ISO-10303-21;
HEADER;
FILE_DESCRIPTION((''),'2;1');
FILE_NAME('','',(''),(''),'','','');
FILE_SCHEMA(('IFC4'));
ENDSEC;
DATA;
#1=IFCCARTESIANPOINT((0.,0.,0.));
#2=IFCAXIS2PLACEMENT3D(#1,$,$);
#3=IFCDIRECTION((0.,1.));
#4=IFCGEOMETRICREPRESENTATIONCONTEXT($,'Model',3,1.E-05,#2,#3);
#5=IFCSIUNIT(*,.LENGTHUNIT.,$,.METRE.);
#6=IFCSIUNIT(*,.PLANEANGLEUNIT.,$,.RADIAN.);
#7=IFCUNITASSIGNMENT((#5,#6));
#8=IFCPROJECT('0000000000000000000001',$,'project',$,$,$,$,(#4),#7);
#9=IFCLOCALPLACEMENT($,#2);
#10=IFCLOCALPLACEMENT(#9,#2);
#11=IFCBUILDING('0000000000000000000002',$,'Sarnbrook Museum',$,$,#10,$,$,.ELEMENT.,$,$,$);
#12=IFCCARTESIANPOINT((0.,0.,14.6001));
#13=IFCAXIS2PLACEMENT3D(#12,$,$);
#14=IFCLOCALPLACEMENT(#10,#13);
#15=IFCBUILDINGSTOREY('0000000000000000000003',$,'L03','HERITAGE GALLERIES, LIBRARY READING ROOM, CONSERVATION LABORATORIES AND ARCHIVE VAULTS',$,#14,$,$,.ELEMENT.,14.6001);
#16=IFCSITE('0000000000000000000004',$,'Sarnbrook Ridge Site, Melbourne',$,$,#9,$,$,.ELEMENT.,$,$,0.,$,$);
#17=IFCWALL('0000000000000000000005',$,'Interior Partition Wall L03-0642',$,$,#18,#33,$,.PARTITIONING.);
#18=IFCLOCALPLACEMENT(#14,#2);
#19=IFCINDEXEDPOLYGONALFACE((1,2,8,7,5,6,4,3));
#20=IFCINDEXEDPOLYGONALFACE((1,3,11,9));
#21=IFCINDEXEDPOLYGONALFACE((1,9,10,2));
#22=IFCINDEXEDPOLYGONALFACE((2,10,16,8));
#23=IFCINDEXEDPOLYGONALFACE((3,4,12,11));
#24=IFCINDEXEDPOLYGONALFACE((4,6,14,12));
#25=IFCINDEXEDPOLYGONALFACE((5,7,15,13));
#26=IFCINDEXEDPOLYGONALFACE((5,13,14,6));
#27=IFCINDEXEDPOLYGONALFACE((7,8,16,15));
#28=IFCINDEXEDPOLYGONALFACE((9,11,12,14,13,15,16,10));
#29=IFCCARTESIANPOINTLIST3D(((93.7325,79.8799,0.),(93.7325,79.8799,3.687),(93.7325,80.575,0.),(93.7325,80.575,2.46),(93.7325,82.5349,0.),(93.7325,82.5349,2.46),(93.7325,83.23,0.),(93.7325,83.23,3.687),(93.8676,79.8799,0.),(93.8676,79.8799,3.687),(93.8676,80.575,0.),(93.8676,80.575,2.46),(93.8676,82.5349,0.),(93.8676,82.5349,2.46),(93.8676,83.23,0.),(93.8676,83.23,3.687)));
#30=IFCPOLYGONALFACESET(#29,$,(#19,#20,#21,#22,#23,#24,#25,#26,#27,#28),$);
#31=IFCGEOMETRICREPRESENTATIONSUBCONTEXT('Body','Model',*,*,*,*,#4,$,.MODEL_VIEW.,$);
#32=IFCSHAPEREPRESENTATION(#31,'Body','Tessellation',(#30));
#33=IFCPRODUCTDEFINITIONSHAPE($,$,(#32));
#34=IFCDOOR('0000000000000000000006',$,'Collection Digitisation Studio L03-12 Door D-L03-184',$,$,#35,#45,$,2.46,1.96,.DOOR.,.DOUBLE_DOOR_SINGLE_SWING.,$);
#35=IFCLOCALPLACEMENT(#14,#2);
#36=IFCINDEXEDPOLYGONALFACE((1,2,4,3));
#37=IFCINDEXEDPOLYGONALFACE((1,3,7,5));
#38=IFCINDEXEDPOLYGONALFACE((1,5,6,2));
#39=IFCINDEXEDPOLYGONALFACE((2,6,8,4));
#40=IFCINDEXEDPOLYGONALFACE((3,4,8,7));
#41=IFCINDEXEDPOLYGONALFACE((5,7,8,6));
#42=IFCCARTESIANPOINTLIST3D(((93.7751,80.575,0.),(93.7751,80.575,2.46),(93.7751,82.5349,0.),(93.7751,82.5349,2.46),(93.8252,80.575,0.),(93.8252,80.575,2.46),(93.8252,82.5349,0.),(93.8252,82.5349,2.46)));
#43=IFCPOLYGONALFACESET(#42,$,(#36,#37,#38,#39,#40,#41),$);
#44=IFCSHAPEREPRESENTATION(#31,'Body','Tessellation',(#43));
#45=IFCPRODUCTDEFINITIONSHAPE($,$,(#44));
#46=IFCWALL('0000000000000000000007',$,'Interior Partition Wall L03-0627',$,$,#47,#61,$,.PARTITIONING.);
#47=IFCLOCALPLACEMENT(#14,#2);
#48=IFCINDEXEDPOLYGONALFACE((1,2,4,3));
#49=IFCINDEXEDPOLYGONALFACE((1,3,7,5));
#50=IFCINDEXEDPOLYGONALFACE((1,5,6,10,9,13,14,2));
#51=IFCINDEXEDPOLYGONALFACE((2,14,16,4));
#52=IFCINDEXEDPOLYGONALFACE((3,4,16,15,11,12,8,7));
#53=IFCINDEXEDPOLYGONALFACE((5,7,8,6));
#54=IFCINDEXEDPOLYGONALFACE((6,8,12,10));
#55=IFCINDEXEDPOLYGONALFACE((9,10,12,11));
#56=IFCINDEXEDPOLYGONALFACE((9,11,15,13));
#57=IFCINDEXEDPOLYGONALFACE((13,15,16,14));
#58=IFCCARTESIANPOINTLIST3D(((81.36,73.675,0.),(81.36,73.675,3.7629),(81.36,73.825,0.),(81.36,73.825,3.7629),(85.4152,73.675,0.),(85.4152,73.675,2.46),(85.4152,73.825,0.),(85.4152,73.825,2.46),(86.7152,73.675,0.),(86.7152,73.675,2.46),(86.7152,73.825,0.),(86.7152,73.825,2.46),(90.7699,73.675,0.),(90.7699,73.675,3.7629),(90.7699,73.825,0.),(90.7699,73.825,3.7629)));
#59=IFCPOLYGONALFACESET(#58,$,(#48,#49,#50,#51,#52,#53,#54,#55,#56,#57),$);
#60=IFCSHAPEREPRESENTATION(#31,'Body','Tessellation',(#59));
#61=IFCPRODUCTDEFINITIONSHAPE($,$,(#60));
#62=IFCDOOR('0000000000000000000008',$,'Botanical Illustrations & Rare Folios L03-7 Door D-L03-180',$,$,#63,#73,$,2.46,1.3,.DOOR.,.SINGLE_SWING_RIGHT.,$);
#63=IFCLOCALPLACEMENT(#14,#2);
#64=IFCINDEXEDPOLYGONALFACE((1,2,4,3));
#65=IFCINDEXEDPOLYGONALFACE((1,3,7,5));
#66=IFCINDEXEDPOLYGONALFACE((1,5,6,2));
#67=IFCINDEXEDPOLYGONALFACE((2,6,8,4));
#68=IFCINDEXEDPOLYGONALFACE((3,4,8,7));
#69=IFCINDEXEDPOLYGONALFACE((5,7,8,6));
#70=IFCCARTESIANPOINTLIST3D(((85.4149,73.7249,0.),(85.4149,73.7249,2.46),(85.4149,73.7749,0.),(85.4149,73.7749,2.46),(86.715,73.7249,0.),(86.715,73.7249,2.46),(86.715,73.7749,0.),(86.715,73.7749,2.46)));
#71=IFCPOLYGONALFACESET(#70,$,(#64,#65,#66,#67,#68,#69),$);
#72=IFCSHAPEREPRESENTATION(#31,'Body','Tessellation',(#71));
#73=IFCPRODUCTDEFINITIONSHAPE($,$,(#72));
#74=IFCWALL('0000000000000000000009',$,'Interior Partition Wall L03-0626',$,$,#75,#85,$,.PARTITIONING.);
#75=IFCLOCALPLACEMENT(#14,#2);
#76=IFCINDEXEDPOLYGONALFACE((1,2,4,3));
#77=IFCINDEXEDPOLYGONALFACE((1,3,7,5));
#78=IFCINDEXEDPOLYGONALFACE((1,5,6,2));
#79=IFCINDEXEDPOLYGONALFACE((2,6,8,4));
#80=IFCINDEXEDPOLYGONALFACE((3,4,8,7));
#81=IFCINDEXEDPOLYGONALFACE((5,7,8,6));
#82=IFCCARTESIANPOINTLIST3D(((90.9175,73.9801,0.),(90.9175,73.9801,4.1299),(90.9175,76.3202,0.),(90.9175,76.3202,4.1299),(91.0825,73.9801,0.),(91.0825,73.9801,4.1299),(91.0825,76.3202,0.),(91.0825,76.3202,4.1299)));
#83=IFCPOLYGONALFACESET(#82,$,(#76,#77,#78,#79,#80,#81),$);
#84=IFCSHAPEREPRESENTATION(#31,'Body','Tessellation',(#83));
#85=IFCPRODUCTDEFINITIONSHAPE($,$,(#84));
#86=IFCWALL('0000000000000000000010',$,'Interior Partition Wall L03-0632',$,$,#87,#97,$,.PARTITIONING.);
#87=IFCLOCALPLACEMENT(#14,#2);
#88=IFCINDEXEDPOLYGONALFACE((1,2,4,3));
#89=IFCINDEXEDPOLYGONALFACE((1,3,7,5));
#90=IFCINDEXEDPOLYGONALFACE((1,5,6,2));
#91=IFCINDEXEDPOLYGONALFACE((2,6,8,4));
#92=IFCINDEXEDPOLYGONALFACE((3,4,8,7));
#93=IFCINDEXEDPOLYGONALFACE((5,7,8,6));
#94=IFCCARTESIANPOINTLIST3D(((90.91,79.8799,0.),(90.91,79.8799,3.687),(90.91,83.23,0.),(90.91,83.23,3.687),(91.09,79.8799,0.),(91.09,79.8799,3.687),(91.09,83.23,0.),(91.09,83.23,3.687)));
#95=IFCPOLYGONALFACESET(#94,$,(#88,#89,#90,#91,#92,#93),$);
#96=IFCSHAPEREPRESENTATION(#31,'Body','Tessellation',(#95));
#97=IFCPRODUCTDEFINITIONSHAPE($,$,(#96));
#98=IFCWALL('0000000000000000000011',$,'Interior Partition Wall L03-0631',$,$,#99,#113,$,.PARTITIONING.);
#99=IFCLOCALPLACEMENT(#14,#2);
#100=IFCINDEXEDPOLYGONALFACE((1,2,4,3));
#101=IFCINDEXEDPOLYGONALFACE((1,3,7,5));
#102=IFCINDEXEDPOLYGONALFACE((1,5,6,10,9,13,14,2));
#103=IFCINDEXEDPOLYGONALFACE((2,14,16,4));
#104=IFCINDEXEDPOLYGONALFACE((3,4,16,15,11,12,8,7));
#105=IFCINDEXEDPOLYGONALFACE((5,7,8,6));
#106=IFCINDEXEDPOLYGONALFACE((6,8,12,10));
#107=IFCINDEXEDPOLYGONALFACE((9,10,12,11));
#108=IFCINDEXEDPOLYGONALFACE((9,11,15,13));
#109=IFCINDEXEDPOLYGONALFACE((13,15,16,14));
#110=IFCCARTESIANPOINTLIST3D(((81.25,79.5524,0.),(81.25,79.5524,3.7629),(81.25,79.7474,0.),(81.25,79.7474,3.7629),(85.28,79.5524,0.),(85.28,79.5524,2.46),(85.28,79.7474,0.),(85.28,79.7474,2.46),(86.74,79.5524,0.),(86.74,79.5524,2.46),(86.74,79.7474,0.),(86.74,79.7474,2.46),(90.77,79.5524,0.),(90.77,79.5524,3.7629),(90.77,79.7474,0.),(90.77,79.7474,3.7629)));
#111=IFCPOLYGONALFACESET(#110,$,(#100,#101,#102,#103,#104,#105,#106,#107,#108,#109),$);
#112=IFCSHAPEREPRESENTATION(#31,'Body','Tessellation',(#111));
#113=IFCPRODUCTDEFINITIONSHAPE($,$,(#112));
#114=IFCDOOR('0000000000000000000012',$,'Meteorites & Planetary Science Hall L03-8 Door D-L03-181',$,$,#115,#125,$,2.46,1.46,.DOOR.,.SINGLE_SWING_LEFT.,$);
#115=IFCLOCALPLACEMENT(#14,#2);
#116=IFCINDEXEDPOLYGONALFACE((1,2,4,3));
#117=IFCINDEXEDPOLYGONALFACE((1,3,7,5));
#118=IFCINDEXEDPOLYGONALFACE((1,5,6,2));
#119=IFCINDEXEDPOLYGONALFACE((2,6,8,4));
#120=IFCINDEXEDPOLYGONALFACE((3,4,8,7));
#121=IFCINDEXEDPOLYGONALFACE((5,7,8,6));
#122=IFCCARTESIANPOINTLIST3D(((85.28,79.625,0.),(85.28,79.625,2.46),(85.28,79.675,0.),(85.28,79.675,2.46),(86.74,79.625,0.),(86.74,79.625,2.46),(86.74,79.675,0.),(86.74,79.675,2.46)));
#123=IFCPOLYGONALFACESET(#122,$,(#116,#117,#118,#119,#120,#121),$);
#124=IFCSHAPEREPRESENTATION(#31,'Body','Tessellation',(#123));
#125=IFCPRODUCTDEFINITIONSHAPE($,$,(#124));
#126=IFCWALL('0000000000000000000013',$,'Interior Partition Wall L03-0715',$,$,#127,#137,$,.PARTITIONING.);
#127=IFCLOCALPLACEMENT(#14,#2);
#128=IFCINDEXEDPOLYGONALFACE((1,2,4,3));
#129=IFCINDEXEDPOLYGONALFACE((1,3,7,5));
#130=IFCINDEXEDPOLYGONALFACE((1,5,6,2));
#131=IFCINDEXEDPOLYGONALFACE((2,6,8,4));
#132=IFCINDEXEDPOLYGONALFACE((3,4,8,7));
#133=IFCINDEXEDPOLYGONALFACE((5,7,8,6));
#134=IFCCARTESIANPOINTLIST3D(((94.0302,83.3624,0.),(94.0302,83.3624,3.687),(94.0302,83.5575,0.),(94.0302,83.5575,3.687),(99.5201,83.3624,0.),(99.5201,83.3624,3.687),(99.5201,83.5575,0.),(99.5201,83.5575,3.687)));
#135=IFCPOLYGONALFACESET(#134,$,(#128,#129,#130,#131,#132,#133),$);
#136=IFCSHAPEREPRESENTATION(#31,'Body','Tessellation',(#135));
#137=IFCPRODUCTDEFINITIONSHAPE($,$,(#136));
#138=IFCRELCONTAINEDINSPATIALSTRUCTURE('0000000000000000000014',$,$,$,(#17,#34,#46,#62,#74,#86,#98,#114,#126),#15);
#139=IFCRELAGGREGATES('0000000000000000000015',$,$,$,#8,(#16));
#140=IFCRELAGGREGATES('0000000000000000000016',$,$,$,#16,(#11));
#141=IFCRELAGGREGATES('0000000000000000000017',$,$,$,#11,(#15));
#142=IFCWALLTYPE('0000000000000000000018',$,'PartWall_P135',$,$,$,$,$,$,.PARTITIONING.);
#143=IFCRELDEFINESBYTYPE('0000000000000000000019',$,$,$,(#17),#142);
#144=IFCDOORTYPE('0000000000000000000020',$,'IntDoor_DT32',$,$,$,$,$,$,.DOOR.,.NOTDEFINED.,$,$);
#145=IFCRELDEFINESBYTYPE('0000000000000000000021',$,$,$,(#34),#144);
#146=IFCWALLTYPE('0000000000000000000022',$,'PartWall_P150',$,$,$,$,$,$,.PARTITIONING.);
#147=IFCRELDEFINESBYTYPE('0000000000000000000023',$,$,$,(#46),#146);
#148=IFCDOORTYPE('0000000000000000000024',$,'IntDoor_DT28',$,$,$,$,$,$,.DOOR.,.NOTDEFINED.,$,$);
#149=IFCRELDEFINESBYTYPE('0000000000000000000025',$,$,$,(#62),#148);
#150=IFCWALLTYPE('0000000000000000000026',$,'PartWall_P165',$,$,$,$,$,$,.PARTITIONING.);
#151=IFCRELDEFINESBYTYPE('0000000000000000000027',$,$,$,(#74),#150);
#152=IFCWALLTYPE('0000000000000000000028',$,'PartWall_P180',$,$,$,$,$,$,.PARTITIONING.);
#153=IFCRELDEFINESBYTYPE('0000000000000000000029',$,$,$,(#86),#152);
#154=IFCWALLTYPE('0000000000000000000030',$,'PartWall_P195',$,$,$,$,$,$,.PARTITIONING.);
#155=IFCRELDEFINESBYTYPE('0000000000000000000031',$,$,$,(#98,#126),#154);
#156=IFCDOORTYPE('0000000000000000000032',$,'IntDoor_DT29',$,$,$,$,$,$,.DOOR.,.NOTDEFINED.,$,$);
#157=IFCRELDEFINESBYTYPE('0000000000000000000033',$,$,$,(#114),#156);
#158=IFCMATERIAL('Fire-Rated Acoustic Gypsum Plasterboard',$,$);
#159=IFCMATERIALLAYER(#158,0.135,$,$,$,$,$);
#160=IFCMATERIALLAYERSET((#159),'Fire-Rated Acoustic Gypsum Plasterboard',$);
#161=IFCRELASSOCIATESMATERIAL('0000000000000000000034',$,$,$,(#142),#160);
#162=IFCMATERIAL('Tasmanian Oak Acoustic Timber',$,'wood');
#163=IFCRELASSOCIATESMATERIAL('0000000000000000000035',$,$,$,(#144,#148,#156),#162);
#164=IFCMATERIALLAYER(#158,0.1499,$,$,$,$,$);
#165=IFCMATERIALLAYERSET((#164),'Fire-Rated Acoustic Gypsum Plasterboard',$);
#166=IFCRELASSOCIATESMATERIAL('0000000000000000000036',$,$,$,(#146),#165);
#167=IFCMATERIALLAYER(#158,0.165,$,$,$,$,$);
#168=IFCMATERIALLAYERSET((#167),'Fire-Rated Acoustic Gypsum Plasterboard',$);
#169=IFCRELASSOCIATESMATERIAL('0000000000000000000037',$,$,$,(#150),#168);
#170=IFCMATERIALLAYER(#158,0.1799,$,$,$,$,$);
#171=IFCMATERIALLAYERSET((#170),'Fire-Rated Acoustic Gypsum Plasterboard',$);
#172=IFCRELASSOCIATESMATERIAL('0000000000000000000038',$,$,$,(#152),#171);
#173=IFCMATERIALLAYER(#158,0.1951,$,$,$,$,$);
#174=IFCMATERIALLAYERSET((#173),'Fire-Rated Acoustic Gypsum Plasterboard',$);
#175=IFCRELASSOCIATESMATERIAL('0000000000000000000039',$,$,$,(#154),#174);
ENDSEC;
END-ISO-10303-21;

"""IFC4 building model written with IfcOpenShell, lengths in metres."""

from ifc_helpers import new_model, si_unit, direction, frame, frame_2d, origin, place, context, subcontext, project, spatial, rectangle, extrude, material, layer, layer_set, type_object, element, fill, save


model = new_model("IFC4")

# Units and contexts
model_context = context("Model", 3, precision=1e-05, world=origin(), true_north=direction((0.0, 1.0)))
body_context = subcontext(model_context, "Body", "Model", "MODEL_VIEW")
ifc_project = project(units=[si_unit("LENGTHUNIT", "METRE"), si_unit("PLANEANGLEUNIT", "RADIAN")], contexts=[model_context])

# Site, building, storey
site_placement = place(None, origin())
site = spatial("IfcSite", under=ifc_project, at=site_placement, Name="Sarnbrook Ridge Site, Melbourne", CompositionType="ELEMENT", RefElevation=0.0)
building_placement = place(site_placement, origin())
building = spatial("IfcBuilding", under=site, at=building_placement, Name="Sarnbrook Museum", CompositionType="ELEMENT")
storey_placement = place(building_placement, frame((0.0, 0.0, 14.6001)))
storey = spatial("IfcBuildingStorey", under=building, at=storey_placement, Name="L03", Description="HERITAGE GALLERIES, LIBRARY READING ROOM, CONSERVATION LABORATORIES AND ARCHIVE VAULTS", CompositionType="ELEMENT", Elevation=14.6001)

# Shared definitions
ifc_material_1 = material(Name="Fire-Rated Acoustic Gypsum Plasterboard")

# Walls, openings, doors
ifc_layer_1 = layer(ifc_material_1, 0.135)
ifc_layer_set_1 = layer_set([ifc_layer_1], Name="Fire-Rated Acoustic Gypsum Plasterboard")
wall_type_1 = type_object("IfcWallType", Name="PartWall_P135", PredefinedType="PARTITIONING", material=ifc_layer_set_1)
wall_1_placement = place(storey_placement, frame((93.8, 79.8799, 0.0), z_axis=(0.0, 0.0, 1.0), x_axis=(0.0, 1.0, 0.0)))
wall_1 = element("IfcWall", 1, at=wall_1_placement, inside=storey, type_object=wall_type_1, Name="Interior Partition Wall L03-0642", PredefinedType="PARTITIONING", context=body_context, shape_type="SweptSolid", body=[
    extrude(rectangle(XDim=3.3501, YDim=0.135, at=frame_2d((1.675, 0.0))), origin(), (0.0, 0.0, 1.0), 3.687),
])
opening_1_placement = place(wall_1_placement, frame((0.6951, 0.0, 0.0)))
opening_1 = element("IfcOpeningElement", 2, at=opening_1_placement, cuts=wall_1, PredefinedType="OPENING", context=body_context, shape_type="SweptSolid", body=[
    extrude(rectangle(XDim=1.96, YDim=2.46, at=frame_2d((0.98, 1.23))), frame((0.0, 0.0776, 0.0), z_axis=(0.0, -1.0, 0.0), x_axis=(1.0, 0.0, 0.0)), (0.0, 0.0, 1.0), 0.155),
])
ifc_material_2 = material(Name="Tasmanian Oak Acoustic Timber", Category="wood")
door_type_1 = type_object("IfcDoorType", Name="IntDoor_DT32", OperationType="NOTDEFINED", PredefinedType="DOOR", material=ifc_material_2)
door_1_placement = place(opening_1_placement, origin())
door_1 = element("IfcDoor", 3, at=door_1_placement, inside=storey, type_object=door_type_1, Name="Collection Digitisation Studio L03-12 Door D-L03-184", OperationType="DOUBLE_DOOR_SINGLE_SWING", OverallHeight=2.46, OverallWidth=1.96, PredefinedType="DOOR", context=body_context, shape_type="SweptSolid", body=[
    extrude(rectangle(XDim=1.96, YDim=2.46, at=frame_2d((0.98, 1.23))), frame((0.0, 0.0249, 0.0), z_axis=(0.0, -1.0, 0.0), x_axis=(1.0, 0.0, 0.0)), (0.0, 0.0, 1.0), 0.05),
])
fill(opening_1, door_1)
ifc_layer_2 = layer(ifc_material_1, 0.1499)
ifc_layer_set_2 = layer_set([ifc_layer_2], Name="Fire-Rated Acoustic Gypsum Plasterboard")
wall_type_2 = type_object("IfcWallType", Name="PartWall_P150", PredefinedType="PARTITIONING", material=ifc_layer_set_2)
wall_2_placement = place(storey_placement, frame((90.77, 73.75, 0.0), z_axis=(0.0, 0.0, 1.0), x_axis=(-1.0, 0.0, 0.0)))
wall_2 = element("IfcWall", 4, at=wall_2_placement, inside=storey, type_object=wall_type_2, Name="Interior Partition Wall L03-0627", PredefinedType="PARTITIONING", context=body_context, shape_type="SweptSolid", body=[
    extrude(rectangle(XDim=9.4099, YDim=0.1499, at=frame_2d((4.7051, 0.0))), origin(), (0.0, 0.0, 1.0), 3.7629),
])
opening_2_placement = place(wall_2_placement, frame((4.0549, 0.0, 0.0)))
opening_2 = element("IfcOpeningElement", 5, at=opening_2_placement, cuts=wall_2, PredefinedType="OPENING", context=body_context, shape_type="SweptSolid", body=[
    extrude(rectangle(XDim=1.3, YDim=2.46, at=frame_2d((0.6499, 1.23))), frame((0.0, 0.085, 0.0), z_axis=(0.0, -1.0, 0.0), x_axis=(1.0, 0.0, 0.0)), (0.0, 0.0, 1.0), 0.1699),
])
door_type_2 = type_object("IfcDoorType", Name="IntDoor_DT28", OperationType="NOTDEFINED", PredefinedType="DOOR", material=ifc_material_2)
door_2_placement = place(opening_2_placement, frame((1.3, 0.0, 0.0), z_axis=(0.0, 0.0, 1.0), x_axis=(-1.0, 0.0, 0.0)))
door_2 = element("IfcDoor", 6, at=door_2_placement, inside=storey, type_object=door_type_2, Name="Botanical Illustrations & Rare Folios L03-7 Door D-L03-180", OperationType="SINGLE_SWING_RIGHT", OverallHeight=2.46, OverallWidth=1.3, PredefinedType="DOOR", context=body_context, shape_type="SweptSolid", body=[
    extrude(rectangle(XDim=1.3, YDim=2.46, at=frame_2d((0.6499, 1.23))), frame((0.0, 0.0249, 0.0), z_axis=(0.0, -1.0, 0.0), x_axis=(1.0, 0.0, 0.0)), (0.0, 0.0, 1.0), 0.05),
])
fill(opening_2, door_2)

# Walls
ifc_layer_3 = layer(ifc_material_1, 0.165)
ifc_layer_set_3 = layer_set([ifc_layer_3], Name="Fire-Rated Acoustic Gypsum Plasterboard")
wall_type_3 = type_object("IfcWallType", Name="PartWall_P165", PredefinedType="PARTITIONING", material=ifc_layer_set_3)
wall_3_placement = place(storey_placement, frame((91.0, 76.3201, 0.0), z_axis=(0.0, 0.0, 1.0), x_axis=(0.0, -1.0, 0.0)))
element("IfcWall", 7, at=wall_3_placement, inside=storey, type_object=wall_type_3, Name="Interior Partition Wall L03-0626", PredefinedType="PARTITIONING", context=body_context, shape_type="SweptSolid", body=[
    extrude(rectangle(XDim=2.3401, YDim=0.165, at=frame_2d((1.1699, 0.0))), origin(), (0.0, 0.0, 1.0), 4.1299),
])
ifc_layer_4 = layer(ifc_material_1, 0.1799)
ifc_layer_set_4 = layer_set([ifc_layer_4], Name="Fire-Rated Acoustic Gypsum Plasterboard")
wall_type_4 = type_object("IfcWallType", Name="PartWall_P180", PredefinedType="PARTITIONING", material=ifc_layer_set_4)
wall_4_placement = place(storey_placement, frame((91.0, 83.23, 0.0), z_axis=(0.0, 0.0, 1.0), x_axis=(0.0, -1.0, 0.0)))
element("IfcWall", 8, at=wall_4_placement, inside=storey, type_object=wall_type_4, Name="Interior Partition Wall L03-0632", PredefinedType="PARTITIONING", context=body_context, shape_type="SweptSolid", body=[
    extrude(rectangle(XDim=3.3501, YDim=0.1799, at=frame_2d((1.675, 0.0))), origin(), (0.0, 0.0, 1.0), 3.687),
])

# Wall, opening, door
ifc_layer_5 = layer(ifc_material_1, 0.1951)
ifc_layer_set_5 = layer_set([ifc_layer_5], Name="Fire-Rated Acoustic Gypsum Plasterboard")
wall_type_5 = type_object("IfcWallType", Name="PartWall_P195", PredefinedType="PARTITIONING", material=ifc_layer_set_5)
wall_5_placement = place(storey_placement, frame((90.77, 79.6499, 0.0), z_axis=(0.0, 0.0, 1.0), x_axis=(-1.0, 0.0, 0.0)))
wall_5 = element("IfcWall", 9, at=wall_5_placement, inside=storey, type_object=wall_type_5, Name="Interior Partition Wall L03-0631", PredefinedType="PARTITIONING", context=body_context, shape_type="SweptSolid", body=[
    extrude(rectangle(XDim=9.52, YDim=0.1951, at=frame_2d((4.76, 0.0))), origin(), (0.0, 0.0, 1.0), 3.7629),
])
opening_3_placement = place(wall_5_placement, frame((4.03, 0.0, 0.0)))
opening_3 = element("IfcOpeningElement", 10, at=opening_3_placement, cuts=wall_5, PredefinedType="OPENING", context=body_context, shape_type="SweptSolid", body=[
    extrude(rectangle(XDim=1.46, YDim=2.46, at=frame_2d((0.73, 1.23))), frame((0.0, 0.1074, 0.0), z_axis=(0.0, -1.0, 0.0), x_axis=(1.0, 0.0, 0.0)), (0.0, 0.0, 1.0), 0.2151),
])
door_type_3 = type_object("IfcDoorType", Name="IntDoor_DT29", OperationType="NOTDEFINED", PredefinedType="DOOR", material=ifc_material_2)
door_3_placement = place(opening_3_placement, origin())
door_3 = element("IfcDoor", 11, at=door_3_placement, inside=storey, type_object=door_type_3, Name="Meteorites & Planetary Science Hall L03-8 Door D-L03-181", OperationType="SINGLE_SWING_LEFT", OverallHeight=2.46, OverallWidth=1.46, PredefinedType="DOOR", context=body_context, shape_type="SweptSolid", body=[
    extrude(rectangle(XDim=1.46, YDim=2.46, at=frame_2d((0.73, 1.23))), frame((0.0, 0.0249, 0.0), z_axis=(0.0, -1.0, 0.0), x_axis=(1.0, 0.0, 0.0)), (0.0, 0.0, 1.0), 0.05),
])
fill(opening_3, door_3)

# Wall
wall_6_placement = place(storey_placement, frame((94.03, 83.46, 0.0), z_axis=(0.0, 0.0, 1.0), x_axis=(1.0, 0.0, 0.0)))
element("IfcWall", 12, at=wall_6_placement, inside=storey, type_object=wall_type_5, Name="Interior Partition Wall L03-0715", PredefinedType="PARTITIONING", context=body_context, shape_type="SweptSolid", body=[
    extrude(rectangle(XDim=5.49, YDim=0.1951, at=frame_2d((2.7451, 0.0))), origin(), (0.0, 0.0, 1.0), 3.687),
])

save(model, "model.ifc")
